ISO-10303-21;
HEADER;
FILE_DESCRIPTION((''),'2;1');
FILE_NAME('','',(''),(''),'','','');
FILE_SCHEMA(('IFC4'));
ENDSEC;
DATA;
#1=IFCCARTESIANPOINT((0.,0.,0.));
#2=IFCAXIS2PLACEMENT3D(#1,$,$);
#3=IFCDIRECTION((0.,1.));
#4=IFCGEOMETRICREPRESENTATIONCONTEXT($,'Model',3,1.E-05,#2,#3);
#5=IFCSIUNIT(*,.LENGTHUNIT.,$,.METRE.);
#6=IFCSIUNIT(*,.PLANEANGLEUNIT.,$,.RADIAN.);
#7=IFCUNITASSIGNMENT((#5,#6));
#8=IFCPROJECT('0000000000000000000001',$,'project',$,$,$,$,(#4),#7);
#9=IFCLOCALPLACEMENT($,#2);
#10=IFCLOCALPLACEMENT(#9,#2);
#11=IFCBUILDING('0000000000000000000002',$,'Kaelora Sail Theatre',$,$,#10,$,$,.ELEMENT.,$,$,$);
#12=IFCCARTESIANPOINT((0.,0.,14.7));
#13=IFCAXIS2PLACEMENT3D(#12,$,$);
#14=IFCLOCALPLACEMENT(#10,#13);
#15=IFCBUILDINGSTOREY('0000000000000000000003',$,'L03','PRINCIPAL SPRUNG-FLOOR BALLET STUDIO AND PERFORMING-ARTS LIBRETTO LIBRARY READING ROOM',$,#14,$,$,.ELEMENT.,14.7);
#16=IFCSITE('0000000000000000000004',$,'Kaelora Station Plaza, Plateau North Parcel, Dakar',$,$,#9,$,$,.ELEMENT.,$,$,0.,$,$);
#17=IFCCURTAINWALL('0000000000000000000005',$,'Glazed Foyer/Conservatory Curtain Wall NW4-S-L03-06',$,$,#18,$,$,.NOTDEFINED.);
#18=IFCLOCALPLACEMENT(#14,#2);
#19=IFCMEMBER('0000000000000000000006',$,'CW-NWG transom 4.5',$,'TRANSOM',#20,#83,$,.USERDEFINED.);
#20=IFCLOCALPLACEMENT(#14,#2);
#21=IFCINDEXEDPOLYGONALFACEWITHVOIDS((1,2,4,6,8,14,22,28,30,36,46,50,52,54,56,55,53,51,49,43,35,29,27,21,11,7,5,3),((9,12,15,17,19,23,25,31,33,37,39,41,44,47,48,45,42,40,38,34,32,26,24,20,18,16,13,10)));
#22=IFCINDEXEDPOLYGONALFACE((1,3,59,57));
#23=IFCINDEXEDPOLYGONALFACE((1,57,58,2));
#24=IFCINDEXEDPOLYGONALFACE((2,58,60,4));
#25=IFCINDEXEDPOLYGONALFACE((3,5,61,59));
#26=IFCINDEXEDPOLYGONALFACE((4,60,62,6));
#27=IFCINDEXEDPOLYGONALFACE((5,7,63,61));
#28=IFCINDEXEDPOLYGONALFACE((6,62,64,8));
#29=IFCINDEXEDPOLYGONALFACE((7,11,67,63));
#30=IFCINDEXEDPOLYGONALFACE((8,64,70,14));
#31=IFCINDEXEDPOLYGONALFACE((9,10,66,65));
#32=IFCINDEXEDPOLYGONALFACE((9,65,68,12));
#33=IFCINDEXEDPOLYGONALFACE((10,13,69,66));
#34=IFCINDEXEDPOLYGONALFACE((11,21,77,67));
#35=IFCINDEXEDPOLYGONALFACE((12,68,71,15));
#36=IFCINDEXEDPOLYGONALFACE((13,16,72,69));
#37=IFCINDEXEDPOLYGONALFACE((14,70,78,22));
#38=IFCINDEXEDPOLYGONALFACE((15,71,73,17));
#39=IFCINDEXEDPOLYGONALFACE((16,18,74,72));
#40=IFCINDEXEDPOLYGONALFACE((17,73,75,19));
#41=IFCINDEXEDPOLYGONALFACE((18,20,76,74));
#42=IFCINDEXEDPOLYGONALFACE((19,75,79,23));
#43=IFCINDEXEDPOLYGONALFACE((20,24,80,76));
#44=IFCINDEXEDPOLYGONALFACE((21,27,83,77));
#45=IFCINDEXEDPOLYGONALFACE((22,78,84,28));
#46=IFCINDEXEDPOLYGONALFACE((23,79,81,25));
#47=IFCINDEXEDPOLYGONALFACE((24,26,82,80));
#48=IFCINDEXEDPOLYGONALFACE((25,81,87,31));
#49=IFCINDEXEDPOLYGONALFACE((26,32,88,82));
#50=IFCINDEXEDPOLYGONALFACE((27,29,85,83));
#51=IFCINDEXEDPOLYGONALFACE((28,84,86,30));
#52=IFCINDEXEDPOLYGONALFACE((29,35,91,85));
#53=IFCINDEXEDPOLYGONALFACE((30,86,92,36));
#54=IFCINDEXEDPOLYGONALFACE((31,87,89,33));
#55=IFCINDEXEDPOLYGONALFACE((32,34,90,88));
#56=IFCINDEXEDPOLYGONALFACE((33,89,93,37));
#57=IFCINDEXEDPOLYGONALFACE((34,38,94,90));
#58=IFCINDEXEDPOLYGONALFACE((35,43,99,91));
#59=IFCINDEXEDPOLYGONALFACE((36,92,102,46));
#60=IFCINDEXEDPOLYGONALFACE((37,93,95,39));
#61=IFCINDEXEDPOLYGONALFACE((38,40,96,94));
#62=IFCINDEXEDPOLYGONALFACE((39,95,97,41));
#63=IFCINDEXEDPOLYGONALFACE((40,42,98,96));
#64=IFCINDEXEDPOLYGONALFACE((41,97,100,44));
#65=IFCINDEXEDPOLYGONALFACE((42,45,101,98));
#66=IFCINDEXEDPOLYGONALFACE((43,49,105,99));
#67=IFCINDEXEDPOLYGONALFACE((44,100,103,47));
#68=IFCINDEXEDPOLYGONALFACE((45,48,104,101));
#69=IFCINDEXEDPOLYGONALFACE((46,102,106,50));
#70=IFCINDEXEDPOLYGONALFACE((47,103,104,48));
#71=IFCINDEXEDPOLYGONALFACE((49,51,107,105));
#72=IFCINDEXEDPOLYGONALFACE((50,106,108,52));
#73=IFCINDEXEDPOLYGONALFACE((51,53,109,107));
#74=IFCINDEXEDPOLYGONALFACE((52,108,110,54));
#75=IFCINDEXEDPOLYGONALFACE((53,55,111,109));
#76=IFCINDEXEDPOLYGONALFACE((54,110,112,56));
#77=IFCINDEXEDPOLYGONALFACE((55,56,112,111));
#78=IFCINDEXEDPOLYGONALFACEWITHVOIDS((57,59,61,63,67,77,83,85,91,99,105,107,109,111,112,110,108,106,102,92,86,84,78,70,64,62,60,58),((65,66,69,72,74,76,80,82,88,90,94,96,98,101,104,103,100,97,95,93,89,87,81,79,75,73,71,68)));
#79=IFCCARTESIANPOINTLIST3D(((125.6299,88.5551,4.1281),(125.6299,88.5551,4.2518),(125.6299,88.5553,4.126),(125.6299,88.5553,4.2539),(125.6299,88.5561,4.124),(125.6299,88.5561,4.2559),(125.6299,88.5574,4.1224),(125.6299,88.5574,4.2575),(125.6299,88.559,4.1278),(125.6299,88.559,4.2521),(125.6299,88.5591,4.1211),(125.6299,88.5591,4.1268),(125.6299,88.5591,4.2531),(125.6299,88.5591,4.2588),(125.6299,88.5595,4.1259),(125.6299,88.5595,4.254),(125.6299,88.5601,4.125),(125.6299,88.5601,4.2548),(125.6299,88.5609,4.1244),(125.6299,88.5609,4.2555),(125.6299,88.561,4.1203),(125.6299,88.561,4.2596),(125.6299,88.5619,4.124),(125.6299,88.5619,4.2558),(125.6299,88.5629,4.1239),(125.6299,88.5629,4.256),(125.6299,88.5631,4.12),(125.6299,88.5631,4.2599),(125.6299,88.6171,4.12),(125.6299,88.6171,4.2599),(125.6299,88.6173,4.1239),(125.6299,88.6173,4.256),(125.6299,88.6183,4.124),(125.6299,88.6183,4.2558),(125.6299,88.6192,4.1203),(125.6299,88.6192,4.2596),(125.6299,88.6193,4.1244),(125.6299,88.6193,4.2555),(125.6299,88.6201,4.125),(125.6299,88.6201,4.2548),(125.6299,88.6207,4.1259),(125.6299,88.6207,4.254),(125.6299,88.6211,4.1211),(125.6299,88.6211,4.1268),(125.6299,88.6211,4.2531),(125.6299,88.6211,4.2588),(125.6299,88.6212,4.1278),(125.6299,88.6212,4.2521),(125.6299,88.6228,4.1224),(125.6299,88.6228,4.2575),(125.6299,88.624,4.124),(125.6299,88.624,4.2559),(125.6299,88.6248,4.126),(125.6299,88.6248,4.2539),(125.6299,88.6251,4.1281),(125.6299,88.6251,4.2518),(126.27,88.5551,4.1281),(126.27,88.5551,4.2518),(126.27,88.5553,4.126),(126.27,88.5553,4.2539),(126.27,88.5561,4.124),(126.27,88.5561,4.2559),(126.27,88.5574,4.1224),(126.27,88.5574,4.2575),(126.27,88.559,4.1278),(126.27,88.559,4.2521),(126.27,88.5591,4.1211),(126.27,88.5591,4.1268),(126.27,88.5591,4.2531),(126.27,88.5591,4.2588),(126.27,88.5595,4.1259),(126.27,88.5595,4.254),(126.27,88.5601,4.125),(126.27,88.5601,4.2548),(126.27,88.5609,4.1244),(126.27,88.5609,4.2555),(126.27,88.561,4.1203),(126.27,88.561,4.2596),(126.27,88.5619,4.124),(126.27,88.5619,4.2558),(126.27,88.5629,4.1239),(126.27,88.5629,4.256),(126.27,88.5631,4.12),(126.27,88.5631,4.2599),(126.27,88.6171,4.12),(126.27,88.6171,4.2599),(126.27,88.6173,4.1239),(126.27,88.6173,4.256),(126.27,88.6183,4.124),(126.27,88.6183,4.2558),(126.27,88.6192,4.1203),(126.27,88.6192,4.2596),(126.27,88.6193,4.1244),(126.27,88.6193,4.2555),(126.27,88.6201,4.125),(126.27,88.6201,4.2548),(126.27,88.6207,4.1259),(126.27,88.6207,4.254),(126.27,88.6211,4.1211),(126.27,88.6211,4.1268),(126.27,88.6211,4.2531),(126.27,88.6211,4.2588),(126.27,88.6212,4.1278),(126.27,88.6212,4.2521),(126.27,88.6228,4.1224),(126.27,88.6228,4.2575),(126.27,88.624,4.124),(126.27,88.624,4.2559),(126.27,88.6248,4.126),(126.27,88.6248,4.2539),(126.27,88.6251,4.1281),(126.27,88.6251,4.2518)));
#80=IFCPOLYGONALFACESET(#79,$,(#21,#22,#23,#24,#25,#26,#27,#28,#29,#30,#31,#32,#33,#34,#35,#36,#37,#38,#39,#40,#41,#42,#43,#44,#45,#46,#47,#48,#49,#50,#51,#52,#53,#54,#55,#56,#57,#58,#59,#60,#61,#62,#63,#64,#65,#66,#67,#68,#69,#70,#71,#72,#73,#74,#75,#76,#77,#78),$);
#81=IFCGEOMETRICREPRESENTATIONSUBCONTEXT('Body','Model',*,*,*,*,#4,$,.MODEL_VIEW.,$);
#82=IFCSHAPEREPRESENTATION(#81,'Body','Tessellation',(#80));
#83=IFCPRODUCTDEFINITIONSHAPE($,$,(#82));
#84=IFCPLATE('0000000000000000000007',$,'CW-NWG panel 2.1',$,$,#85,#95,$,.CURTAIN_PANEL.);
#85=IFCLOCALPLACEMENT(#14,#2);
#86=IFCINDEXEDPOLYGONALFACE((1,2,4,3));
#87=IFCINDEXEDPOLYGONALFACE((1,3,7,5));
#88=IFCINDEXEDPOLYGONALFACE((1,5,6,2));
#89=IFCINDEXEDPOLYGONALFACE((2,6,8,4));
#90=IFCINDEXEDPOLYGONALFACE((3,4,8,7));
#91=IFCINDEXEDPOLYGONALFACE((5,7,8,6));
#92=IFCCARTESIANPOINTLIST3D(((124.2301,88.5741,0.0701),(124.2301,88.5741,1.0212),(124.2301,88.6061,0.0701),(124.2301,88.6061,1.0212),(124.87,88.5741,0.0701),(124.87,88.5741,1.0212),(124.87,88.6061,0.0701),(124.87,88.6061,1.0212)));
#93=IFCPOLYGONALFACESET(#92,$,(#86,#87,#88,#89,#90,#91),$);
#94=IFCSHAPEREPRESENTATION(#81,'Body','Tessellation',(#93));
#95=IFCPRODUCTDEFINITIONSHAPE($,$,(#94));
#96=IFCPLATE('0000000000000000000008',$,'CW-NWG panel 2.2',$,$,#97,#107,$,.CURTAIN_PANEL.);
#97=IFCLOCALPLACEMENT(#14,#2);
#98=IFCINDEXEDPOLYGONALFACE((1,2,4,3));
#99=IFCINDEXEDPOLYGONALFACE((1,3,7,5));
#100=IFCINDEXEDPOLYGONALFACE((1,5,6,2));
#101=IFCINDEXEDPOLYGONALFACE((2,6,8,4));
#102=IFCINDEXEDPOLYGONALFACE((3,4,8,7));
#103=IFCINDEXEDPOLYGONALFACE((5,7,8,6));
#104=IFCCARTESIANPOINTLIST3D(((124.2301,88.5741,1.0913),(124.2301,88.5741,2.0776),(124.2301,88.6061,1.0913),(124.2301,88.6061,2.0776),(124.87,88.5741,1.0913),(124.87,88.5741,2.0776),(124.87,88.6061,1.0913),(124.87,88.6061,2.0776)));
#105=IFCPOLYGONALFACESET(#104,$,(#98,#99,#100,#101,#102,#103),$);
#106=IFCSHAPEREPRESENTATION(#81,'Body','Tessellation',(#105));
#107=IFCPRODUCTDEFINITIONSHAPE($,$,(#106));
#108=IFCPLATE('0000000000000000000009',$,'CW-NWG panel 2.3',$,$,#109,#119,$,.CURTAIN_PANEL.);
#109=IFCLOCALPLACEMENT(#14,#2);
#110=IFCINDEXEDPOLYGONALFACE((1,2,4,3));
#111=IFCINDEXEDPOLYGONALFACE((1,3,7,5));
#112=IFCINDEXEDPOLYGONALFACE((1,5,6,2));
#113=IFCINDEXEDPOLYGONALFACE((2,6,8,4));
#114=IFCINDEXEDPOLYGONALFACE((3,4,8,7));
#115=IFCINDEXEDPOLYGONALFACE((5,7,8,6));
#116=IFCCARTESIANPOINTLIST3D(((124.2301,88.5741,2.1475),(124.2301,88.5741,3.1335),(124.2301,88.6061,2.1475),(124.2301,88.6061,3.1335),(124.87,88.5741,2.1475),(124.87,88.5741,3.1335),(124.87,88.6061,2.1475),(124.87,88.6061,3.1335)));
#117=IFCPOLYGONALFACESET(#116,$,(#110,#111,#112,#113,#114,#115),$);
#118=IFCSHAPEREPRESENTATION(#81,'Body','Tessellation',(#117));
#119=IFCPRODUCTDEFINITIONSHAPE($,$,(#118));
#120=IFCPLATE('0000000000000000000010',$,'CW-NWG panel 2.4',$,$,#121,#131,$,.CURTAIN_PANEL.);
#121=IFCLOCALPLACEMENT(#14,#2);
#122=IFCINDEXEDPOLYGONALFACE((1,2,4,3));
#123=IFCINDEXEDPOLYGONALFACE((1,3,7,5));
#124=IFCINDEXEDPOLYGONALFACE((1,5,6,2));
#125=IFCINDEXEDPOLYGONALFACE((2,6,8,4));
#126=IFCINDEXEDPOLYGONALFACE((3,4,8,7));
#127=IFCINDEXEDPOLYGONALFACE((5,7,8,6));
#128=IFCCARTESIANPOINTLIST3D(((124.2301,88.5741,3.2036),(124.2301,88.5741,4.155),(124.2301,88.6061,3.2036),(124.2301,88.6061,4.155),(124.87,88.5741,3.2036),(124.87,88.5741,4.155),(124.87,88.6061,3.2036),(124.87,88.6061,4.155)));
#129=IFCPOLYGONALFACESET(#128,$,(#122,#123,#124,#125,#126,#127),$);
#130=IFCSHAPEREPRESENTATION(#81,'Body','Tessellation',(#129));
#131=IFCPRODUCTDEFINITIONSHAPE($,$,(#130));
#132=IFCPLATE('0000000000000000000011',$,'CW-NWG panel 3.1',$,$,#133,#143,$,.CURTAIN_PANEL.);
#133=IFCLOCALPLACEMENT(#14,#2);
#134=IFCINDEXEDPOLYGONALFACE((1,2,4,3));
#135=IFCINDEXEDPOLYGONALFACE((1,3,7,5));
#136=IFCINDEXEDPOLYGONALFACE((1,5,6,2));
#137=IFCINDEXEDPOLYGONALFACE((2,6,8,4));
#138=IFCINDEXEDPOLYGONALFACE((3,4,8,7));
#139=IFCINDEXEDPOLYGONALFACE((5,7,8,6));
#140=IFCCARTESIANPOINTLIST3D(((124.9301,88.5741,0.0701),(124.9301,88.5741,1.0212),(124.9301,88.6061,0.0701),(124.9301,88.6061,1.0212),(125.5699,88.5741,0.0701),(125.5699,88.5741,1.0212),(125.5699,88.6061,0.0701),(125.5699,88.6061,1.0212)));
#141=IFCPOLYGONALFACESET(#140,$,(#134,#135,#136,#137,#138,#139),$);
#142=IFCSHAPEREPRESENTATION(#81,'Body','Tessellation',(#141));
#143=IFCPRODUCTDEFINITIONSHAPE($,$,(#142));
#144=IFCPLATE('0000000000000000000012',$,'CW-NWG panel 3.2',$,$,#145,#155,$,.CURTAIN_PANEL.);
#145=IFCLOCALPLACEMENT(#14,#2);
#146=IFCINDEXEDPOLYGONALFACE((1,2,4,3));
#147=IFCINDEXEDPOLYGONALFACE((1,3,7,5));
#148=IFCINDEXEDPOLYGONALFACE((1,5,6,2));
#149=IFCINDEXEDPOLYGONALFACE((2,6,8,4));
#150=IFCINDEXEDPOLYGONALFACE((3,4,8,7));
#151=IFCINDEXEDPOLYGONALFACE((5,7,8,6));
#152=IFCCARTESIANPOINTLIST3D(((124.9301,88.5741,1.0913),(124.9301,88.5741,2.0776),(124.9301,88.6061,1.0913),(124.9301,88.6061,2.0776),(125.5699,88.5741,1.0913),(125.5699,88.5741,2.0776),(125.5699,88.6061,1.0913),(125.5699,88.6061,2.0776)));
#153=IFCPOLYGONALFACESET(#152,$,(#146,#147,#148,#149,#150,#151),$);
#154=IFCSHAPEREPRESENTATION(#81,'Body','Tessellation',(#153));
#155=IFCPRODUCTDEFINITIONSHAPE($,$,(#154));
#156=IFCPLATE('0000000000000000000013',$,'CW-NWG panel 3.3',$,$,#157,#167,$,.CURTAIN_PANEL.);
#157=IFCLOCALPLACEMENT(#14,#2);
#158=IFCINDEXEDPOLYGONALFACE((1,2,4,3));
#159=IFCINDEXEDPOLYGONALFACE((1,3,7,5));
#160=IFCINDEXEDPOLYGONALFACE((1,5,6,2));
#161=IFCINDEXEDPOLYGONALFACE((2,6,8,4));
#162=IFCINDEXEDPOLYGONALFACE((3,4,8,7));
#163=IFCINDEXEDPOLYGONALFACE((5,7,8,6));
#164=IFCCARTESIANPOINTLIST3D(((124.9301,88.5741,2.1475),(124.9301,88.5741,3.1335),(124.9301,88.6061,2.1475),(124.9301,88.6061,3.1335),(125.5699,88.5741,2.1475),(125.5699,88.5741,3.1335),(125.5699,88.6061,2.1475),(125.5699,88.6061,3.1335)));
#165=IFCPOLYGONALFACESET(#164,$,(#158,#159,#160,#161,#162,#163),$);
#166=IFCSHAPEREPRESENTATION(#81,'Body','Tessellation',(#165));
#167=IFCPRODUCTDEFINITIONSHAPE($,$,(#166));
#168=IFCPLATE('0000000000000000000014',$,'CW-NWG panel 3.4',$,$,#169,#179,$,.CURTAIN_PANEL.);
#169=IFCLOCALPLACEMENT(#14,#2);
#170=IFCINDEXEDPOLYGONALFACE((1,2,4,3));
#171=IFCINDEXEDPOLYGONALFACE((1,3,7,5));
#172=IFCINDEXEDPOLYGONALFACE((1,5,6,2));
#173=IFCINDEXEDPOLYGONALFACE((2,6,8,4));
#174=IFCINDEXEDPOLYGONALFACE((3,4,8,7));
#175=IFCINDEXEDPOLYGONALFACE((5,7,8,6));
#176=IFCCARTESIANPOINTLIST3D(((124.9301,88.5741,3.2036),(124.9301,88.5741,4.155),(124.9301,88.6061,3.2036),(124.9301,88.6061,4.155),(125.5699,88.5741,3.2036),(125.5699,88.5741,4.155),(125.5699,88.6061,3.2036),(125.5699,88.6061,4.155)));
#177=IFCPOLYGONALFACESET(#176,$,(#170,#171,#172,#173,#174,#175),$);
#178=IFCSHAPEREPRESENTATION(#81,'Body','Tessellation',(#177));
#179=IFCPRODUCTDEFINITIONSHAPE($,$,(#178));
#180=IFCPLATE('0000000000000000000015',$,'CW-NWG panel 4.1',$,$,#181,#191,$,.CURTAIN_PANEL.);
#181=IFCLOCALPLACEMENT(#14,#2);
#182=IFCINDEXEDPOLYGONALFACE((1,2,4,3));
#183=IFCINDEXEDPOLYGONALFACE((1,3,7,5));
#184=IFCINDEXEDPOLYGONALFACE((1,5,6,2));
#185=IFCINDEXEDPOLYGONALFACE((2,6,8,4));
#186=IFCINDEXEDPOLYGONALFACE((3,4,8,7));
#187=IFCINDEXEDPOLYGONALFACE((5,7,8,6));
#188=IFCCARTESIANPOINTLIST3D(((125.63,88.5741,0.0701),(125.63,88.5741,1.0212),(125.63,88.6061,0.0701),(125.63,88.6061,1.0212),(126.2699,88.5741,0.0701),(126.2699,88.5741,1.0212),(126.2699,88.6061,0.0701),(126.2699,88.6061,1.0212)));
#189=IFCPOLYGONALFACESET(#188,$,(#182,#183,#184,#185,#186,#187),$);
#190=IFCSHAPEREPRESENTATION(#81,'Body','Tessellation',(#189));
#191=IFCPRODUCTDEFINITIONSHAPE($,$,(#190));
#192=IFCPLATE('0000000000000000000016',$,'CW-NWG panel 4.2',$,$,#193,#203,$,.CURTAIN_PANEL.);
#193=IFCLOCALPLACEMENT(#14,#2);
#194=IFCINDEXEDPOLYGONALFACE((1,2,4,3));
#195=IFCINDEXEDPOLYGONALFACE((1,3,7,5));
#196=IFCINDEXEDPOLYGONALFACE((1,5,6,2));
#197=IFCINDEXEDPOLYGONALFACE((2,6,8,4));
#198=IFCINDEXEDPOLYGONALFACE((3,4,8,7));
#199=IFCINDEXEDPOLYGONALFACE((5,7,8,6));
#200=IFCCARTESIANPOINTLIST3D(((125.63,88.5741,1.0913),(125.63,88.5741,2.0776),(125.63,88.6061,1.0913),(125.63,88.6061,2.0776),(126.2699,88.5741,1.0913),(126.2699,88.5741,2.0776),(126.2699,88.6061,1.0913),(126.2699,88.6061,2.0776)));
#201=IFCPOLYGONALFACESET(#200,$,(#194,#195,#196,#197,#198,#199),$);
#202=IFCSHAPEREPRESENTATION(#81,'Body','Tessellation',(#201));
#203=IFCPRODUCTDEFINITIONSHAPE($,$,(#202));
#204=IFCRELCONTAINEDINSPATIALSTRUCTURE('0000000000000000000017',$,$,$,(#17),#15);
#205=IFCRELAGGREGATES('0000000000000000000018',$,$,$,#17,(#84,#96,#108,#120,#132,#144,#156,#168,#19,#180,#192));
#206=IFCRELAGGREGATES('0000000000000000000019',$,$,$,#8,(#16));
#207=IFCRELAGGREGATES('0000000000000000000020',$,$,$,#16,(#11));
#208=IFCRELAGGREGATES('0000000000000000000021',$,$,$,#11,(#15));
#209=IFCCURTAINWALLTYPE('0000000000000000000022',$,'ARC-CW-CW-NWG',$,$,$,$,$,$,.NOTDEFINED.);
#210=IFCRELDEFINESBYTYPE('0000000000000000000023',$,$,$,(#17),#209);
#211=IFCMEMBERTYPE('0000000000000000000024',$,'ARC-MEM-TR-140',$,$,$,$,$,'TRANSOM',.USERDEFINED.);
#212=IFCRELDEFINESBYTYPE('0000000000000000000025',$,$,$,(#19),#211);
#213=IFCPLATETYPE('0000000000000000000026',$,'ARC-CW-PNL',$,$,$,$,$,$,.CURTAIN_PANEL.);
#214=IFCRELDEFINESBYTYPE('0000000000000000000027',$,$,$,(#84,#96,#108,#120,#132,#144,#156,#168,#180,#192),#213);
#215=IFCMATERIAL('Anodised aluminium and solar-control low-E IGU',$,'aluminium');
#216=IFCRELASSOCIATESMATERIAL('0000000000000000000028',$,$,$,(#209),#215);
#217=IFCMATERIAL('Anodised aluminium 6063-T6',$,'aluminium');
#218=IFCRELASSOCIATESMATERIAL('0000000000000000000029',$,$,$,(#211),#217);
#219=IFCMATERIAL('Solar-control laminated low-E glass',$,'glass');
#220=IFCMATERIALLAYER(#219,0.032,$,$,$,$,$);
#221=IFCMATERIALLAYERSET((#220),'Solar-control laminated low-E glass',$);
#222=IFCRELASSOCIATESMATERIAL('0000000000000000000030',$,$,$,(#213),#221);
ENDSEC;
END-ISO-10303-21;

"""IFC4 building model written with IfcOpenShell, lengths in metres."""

from ifc_helpers import new_model, si_unit, direction, frame, origin, origin_2d, place, context, subcontext, project, spatial, rectangle, hollow_rectangle, extrude, material, layer, layer_set, material_profile, profile_set, type_object, element, aggregate, save


model = new_model("IFC4")

# Units and contexts
model_context = context("Model", 3, precision=1e-05, world=origin(), true_north=direction((0.0, 1.0)))
body_context = subcontext(model_context, "Body", "Model", "MODEL_VIEW")
ifc_project = project(units=[si_unit("LENGTHUNIT", "METRE"), si_unit("PLANEANGLEUNIT", "RADIAN")], contexts=[model_context])

# Site, building, storey
site_placement = place(None, origin())
site = spatial("IfcSite", under=ifc_project, at=site_placement, Name="Kaelora Station Plaza, Plateau North Parcel, Dakar", CompositionType="ELEMENT", RefElevation=0.0)
building_placement = place(site_placement, origin())
building = spatial("IfcBuilding", under=site, at=building_placement, Name="Kaelora Sail Theatre", CompositionType="ELEMENT")
storey_placement = place(building_placement, frame((0.0, 0.0, 14.7)))
storey = spatial("IfcBuildingStorey", under=building, at=storey_placement, Name="L03", Description="PRINCIPAL SPRUNG-FLOOR BALLET STUDIO AND PERFORMING-ARTS LIBRETTO LIBRARY READING ROOM", CompositionType="ELEMENT", Elevation=14.7)

# Curtain wall, member, plates
ifc_material_1 = material(Name="Anodised aluminium and solar-control low-E IGU", Category="aluminium")
curtain_wall_type = type_object("IfcCurtainWallType", Name="ARC-CW-CW-NWG", PredefinedType="NOTDEFINED", material=ifc_material_1)
curtain_wall_placement = place(storey_placement, origin())
curtain_wall = element("IfcCurtainWall", 1, at=curtain_wall_placement, inside=storey, type_object=curtain_wall_type, Name="Glazed Foyer/Conservatory Curtain Wall NW4-S-L03-06", PredefinedType="NOTDEFINED")
ifc_material_2 = material(Name="Anodised aluminium 6063-T6", Category="aluminium")
ifc_material_profile_1 = material_profile(ifc_material_2, hollow_rectangle(XDim=0.0701, YDim=0.1399, WallThickness=0.0039, InnerFilletRadius=0.0039, OuterFilletRadius=0.0081, at=origin_2d()), Name="ALU-TRAN 70x140x4")
ifc_profile_set_1 = profile_set([ifc_material_profile_1], Name="Anodised aluminium 6063-T6")
member_type_1 = type_object("IfcMemberType", Name="ARC-MEM-TR-140", ElementType="TRANSOM", PredefinedType="USERDEFINED", material=ifc_profile_set_1)
member_1_placement = place(storey_placement, frame((125.6299, 88.5901, 4.1899), z_axis=(1.0, 0.0, 0.0), x_axis=(0.0, 1.0, 0.0)))
member_1 = element("IfcMember", 2, at=member_1_placement, type_object=member_type_1, Name="CW-NWG transom 4.5", ObjectType="TRANSOM", PredefinedType="USERDEFINED", context=body_context, shape_type="SweptSolid", body=[
    extrude(hollow_rectangle(XDim=0.0701, YDim=0.1399, WallThickness=0.0039, InnerFilletRadius=0.0039, OuterFilletRadius=0.0081, at=origin_2d()), origin(), (0.0, 0.0, 1.0), 0.6401),
])
ifc_material_3 = material(Name="Solar-control laminated low-E glass", Category="glass")
ifc_layer = layer(ifc_material_3, 0.032)
ifc_layer_set = layer_set([ifc_layer], Name="Solar-control laminated low-E glass")
plate_type = type_object("IfcPlateType", Name="ARC-CW-PNL", PredefinedType="CURTAIN_PANEL", material=ifc_layer_set)
plate_1_placement = place(storey_placement, frame((124.55, 88.5901, 0.0701), z_axis=(0.0, 0.0, 1.0), x_axis=(1.0, 0.0, 0.0)))
plate_1 = element("IfcPlate", 3, at=plate_1_placement, type_object=plate_type, Name="CW-NWG panel 2.1", PredefinedType="CURTAIN_PANEL", context=body_context, shape_type="SweptSolid", body=[
    extrude(rectangle(XDim=0.6399, YDim=0.032, at=origin_2d()), origin(), (0.0, 0.0, 1.0), 0.9512),
])
plate_2_placement = place(storey_placement, frame((124.55, 88.5901, 1.0913), z_axis=(0.0, 0.0, 1.0), x_axis=(1.0, 0.0, 0.0)))
plate_2 = element("IfcPlate", 4, at=plate_2_placement, type_object=plate_type, Name="CW-NWG panel 2.2", PredefinedType="CURTAIN_PANEL", context=body_context, shape_type="SweptSolid", body=[
    extrude(rectangle(XDim=0.6399, YDim=0.032, at=origin_2d()), origin(), (0.0, 0.0, 1.0), 0.9863),
])
plate_3_placement = place(storey_placement, frame((124.55, 88.5901, 2.1475), z_axis=(0.0, 0.0, 1.0), x_axis=(1.0, 0.0, 0.0)))
plate_3 = element("IfcPlate", 5, at=plate_3_placement, type_object=plate_type, Name="CW-NWG panel 2.3", PredefinedType="CURTAIN_PANEL", context=body_context, shape_type="SweptSolid", body=[
    extrude(rectangle(XDim=0.6399, YDim=0.032, at=origin_2d()), origin(), (0.0, 0.0, 1.0), 0.9861),
])
plate_4_placement = place(storey_placement, frame((124.55, 88.5901, 3.2036), z_axis=(0.0, 0.0, 1.0), x_axis=(1.0, 0.0, 0.0)))
plate_4 = element("IfcPlate", 6, at=plate_4_placement, type_object=plate_type, Name="CW-NWG panel 2.4", PredefinedType="CURTAIN_PANEL", context=body_context, shape_type="SweptSolid", body=[
    extrude(rectangle(XDim=0.6399, YDim=0.032, at=origin_2d()), origin(), (0.0, 0.0, 1.0), 0.9514),
])
plate_5_placement = place(storey_placement, frame((125.25, 88.5901, 0.0701), z_axis=(0.0, 0.0, 1.0), x_axis=(1.0, 0.0, 0.0)))
plate_5 = element("IfcPlate", 7, at=plate_5_placement, type_object=plate_type, Name="CW-NWG panel 3.1", PredefinedType="CURTAIN_PANEL", context=body_context, shape_type="SweptSolid", body=[
    extrude(rectangle(XDim=0.6399, YDim=0.032, at=origin_2d()), origin(), (0.0, 0.0, 1.0), 0.9512),
])
plate_6_placement = place(storey_placement, frame((125.25, 88.5901, 1.0913), z_axis=(0.0, 0.0, 1.0), x_axis=(1.0, 0.0, 0.0)))
plate_6 = element("IfcPlate", 8, at=plate_6_placement, type_object=plate_type, Name="CW-NWG panel 3.2", PredefinedType="CURTAIN_PANEL", context=body_context, shape_type="SweptSolid", body=[
    extrude(rectangle(XDim=0.6399, YDim=0.032, at=origin_2d()), origin(), (0.0, 0.0, 1.0), 0.9863),
])
plate_7_placement = place(storey_placement, frame((125.25, 88.5901, 2.1475), z_axis=(0.0, 0.0, 1.0), x_axis=(1.0, 0.0, 0.0)))
plate_7 = element("IfcPlate", 9, at=plate_7_placement, type_object=plate_type, Name="CW-NWG panel 3.3", PredefinedType="CURTAIN_PANEL", context=body_context, shape_type="SweptSolid", body=[
    extrude(rectangle(XDim=0.6399, YDim=0.032, at=origin_2d()), origin(), (0.0, 0.0, 1.0), 0.9861),
])
plate_8_placement = place(storey_placement, frame((125.25, 88.5901, 3.2036), z_axis=(0.0, 0.0, 1.0), x_axis=(1.0, 0.0, 0.0)))
plate_8 = element("IfcPlate", 10, at=plate_8_placement, type_object=plate_type, Name="CW-NWG panel 3.4", PredefinedType="CURTAIN_PANEL", context=body_context, shape_type="SweptSolid", body=[
    extrude(rectangle(XDim=0.6399, YDim=0.032, at=origin_2d()), origin(), (0.0, 0.0, 1.0), 0.9514),
])
plate_9_placement = place(storey_placement, frame((125.95, 88.5901, 0.0701), z_axis=(0.0, 0.0, 1.0), x_axis=(1.0, 0.0, 0.0)))
plate_9 = element("IfcPlate", 11, at=plate_9_placement, type_object=plate_type, Name="CW-NWG panel 4.1", PredefinedType="CURTAIN_PANEL", context=body_context, shape_type="SweptSolid", body=[
    extrude(rectangle(XDim=0.6399, YDim=0.032, at=origin_2d()), origin(), (0.0, 0.0, 1.0), 0.9512),
])
plate_10_placement = place(storey_placement, frame((125.95, 88.5901, 1.0913), z_axis=(0.0, 0.0, 1.0), x_axis=(1.0, 0.0, 0.0)))
plate_10 = element("IfcPlate", 12, at=plate_10_placement, type_object=plate_type, Name="CW-NWG panel 4.2", PredefinedType="CURTAIN_PANEL", context=body_context, shape_type="SweptSolid", body=[
    extrude(rectangle(XDim=0.6399, YDim=0.032, at=origin_2d()), origin(), (0.0, 0.0, 1.0), 0.9863),
])
aggregate(curtain_wall, [plate_1, plate_2, plate_3, plate_4, plate_5, plate_6, plate_7, plate_8, member_1, plate_9, plate_10])

save(model, "model.ifc")
